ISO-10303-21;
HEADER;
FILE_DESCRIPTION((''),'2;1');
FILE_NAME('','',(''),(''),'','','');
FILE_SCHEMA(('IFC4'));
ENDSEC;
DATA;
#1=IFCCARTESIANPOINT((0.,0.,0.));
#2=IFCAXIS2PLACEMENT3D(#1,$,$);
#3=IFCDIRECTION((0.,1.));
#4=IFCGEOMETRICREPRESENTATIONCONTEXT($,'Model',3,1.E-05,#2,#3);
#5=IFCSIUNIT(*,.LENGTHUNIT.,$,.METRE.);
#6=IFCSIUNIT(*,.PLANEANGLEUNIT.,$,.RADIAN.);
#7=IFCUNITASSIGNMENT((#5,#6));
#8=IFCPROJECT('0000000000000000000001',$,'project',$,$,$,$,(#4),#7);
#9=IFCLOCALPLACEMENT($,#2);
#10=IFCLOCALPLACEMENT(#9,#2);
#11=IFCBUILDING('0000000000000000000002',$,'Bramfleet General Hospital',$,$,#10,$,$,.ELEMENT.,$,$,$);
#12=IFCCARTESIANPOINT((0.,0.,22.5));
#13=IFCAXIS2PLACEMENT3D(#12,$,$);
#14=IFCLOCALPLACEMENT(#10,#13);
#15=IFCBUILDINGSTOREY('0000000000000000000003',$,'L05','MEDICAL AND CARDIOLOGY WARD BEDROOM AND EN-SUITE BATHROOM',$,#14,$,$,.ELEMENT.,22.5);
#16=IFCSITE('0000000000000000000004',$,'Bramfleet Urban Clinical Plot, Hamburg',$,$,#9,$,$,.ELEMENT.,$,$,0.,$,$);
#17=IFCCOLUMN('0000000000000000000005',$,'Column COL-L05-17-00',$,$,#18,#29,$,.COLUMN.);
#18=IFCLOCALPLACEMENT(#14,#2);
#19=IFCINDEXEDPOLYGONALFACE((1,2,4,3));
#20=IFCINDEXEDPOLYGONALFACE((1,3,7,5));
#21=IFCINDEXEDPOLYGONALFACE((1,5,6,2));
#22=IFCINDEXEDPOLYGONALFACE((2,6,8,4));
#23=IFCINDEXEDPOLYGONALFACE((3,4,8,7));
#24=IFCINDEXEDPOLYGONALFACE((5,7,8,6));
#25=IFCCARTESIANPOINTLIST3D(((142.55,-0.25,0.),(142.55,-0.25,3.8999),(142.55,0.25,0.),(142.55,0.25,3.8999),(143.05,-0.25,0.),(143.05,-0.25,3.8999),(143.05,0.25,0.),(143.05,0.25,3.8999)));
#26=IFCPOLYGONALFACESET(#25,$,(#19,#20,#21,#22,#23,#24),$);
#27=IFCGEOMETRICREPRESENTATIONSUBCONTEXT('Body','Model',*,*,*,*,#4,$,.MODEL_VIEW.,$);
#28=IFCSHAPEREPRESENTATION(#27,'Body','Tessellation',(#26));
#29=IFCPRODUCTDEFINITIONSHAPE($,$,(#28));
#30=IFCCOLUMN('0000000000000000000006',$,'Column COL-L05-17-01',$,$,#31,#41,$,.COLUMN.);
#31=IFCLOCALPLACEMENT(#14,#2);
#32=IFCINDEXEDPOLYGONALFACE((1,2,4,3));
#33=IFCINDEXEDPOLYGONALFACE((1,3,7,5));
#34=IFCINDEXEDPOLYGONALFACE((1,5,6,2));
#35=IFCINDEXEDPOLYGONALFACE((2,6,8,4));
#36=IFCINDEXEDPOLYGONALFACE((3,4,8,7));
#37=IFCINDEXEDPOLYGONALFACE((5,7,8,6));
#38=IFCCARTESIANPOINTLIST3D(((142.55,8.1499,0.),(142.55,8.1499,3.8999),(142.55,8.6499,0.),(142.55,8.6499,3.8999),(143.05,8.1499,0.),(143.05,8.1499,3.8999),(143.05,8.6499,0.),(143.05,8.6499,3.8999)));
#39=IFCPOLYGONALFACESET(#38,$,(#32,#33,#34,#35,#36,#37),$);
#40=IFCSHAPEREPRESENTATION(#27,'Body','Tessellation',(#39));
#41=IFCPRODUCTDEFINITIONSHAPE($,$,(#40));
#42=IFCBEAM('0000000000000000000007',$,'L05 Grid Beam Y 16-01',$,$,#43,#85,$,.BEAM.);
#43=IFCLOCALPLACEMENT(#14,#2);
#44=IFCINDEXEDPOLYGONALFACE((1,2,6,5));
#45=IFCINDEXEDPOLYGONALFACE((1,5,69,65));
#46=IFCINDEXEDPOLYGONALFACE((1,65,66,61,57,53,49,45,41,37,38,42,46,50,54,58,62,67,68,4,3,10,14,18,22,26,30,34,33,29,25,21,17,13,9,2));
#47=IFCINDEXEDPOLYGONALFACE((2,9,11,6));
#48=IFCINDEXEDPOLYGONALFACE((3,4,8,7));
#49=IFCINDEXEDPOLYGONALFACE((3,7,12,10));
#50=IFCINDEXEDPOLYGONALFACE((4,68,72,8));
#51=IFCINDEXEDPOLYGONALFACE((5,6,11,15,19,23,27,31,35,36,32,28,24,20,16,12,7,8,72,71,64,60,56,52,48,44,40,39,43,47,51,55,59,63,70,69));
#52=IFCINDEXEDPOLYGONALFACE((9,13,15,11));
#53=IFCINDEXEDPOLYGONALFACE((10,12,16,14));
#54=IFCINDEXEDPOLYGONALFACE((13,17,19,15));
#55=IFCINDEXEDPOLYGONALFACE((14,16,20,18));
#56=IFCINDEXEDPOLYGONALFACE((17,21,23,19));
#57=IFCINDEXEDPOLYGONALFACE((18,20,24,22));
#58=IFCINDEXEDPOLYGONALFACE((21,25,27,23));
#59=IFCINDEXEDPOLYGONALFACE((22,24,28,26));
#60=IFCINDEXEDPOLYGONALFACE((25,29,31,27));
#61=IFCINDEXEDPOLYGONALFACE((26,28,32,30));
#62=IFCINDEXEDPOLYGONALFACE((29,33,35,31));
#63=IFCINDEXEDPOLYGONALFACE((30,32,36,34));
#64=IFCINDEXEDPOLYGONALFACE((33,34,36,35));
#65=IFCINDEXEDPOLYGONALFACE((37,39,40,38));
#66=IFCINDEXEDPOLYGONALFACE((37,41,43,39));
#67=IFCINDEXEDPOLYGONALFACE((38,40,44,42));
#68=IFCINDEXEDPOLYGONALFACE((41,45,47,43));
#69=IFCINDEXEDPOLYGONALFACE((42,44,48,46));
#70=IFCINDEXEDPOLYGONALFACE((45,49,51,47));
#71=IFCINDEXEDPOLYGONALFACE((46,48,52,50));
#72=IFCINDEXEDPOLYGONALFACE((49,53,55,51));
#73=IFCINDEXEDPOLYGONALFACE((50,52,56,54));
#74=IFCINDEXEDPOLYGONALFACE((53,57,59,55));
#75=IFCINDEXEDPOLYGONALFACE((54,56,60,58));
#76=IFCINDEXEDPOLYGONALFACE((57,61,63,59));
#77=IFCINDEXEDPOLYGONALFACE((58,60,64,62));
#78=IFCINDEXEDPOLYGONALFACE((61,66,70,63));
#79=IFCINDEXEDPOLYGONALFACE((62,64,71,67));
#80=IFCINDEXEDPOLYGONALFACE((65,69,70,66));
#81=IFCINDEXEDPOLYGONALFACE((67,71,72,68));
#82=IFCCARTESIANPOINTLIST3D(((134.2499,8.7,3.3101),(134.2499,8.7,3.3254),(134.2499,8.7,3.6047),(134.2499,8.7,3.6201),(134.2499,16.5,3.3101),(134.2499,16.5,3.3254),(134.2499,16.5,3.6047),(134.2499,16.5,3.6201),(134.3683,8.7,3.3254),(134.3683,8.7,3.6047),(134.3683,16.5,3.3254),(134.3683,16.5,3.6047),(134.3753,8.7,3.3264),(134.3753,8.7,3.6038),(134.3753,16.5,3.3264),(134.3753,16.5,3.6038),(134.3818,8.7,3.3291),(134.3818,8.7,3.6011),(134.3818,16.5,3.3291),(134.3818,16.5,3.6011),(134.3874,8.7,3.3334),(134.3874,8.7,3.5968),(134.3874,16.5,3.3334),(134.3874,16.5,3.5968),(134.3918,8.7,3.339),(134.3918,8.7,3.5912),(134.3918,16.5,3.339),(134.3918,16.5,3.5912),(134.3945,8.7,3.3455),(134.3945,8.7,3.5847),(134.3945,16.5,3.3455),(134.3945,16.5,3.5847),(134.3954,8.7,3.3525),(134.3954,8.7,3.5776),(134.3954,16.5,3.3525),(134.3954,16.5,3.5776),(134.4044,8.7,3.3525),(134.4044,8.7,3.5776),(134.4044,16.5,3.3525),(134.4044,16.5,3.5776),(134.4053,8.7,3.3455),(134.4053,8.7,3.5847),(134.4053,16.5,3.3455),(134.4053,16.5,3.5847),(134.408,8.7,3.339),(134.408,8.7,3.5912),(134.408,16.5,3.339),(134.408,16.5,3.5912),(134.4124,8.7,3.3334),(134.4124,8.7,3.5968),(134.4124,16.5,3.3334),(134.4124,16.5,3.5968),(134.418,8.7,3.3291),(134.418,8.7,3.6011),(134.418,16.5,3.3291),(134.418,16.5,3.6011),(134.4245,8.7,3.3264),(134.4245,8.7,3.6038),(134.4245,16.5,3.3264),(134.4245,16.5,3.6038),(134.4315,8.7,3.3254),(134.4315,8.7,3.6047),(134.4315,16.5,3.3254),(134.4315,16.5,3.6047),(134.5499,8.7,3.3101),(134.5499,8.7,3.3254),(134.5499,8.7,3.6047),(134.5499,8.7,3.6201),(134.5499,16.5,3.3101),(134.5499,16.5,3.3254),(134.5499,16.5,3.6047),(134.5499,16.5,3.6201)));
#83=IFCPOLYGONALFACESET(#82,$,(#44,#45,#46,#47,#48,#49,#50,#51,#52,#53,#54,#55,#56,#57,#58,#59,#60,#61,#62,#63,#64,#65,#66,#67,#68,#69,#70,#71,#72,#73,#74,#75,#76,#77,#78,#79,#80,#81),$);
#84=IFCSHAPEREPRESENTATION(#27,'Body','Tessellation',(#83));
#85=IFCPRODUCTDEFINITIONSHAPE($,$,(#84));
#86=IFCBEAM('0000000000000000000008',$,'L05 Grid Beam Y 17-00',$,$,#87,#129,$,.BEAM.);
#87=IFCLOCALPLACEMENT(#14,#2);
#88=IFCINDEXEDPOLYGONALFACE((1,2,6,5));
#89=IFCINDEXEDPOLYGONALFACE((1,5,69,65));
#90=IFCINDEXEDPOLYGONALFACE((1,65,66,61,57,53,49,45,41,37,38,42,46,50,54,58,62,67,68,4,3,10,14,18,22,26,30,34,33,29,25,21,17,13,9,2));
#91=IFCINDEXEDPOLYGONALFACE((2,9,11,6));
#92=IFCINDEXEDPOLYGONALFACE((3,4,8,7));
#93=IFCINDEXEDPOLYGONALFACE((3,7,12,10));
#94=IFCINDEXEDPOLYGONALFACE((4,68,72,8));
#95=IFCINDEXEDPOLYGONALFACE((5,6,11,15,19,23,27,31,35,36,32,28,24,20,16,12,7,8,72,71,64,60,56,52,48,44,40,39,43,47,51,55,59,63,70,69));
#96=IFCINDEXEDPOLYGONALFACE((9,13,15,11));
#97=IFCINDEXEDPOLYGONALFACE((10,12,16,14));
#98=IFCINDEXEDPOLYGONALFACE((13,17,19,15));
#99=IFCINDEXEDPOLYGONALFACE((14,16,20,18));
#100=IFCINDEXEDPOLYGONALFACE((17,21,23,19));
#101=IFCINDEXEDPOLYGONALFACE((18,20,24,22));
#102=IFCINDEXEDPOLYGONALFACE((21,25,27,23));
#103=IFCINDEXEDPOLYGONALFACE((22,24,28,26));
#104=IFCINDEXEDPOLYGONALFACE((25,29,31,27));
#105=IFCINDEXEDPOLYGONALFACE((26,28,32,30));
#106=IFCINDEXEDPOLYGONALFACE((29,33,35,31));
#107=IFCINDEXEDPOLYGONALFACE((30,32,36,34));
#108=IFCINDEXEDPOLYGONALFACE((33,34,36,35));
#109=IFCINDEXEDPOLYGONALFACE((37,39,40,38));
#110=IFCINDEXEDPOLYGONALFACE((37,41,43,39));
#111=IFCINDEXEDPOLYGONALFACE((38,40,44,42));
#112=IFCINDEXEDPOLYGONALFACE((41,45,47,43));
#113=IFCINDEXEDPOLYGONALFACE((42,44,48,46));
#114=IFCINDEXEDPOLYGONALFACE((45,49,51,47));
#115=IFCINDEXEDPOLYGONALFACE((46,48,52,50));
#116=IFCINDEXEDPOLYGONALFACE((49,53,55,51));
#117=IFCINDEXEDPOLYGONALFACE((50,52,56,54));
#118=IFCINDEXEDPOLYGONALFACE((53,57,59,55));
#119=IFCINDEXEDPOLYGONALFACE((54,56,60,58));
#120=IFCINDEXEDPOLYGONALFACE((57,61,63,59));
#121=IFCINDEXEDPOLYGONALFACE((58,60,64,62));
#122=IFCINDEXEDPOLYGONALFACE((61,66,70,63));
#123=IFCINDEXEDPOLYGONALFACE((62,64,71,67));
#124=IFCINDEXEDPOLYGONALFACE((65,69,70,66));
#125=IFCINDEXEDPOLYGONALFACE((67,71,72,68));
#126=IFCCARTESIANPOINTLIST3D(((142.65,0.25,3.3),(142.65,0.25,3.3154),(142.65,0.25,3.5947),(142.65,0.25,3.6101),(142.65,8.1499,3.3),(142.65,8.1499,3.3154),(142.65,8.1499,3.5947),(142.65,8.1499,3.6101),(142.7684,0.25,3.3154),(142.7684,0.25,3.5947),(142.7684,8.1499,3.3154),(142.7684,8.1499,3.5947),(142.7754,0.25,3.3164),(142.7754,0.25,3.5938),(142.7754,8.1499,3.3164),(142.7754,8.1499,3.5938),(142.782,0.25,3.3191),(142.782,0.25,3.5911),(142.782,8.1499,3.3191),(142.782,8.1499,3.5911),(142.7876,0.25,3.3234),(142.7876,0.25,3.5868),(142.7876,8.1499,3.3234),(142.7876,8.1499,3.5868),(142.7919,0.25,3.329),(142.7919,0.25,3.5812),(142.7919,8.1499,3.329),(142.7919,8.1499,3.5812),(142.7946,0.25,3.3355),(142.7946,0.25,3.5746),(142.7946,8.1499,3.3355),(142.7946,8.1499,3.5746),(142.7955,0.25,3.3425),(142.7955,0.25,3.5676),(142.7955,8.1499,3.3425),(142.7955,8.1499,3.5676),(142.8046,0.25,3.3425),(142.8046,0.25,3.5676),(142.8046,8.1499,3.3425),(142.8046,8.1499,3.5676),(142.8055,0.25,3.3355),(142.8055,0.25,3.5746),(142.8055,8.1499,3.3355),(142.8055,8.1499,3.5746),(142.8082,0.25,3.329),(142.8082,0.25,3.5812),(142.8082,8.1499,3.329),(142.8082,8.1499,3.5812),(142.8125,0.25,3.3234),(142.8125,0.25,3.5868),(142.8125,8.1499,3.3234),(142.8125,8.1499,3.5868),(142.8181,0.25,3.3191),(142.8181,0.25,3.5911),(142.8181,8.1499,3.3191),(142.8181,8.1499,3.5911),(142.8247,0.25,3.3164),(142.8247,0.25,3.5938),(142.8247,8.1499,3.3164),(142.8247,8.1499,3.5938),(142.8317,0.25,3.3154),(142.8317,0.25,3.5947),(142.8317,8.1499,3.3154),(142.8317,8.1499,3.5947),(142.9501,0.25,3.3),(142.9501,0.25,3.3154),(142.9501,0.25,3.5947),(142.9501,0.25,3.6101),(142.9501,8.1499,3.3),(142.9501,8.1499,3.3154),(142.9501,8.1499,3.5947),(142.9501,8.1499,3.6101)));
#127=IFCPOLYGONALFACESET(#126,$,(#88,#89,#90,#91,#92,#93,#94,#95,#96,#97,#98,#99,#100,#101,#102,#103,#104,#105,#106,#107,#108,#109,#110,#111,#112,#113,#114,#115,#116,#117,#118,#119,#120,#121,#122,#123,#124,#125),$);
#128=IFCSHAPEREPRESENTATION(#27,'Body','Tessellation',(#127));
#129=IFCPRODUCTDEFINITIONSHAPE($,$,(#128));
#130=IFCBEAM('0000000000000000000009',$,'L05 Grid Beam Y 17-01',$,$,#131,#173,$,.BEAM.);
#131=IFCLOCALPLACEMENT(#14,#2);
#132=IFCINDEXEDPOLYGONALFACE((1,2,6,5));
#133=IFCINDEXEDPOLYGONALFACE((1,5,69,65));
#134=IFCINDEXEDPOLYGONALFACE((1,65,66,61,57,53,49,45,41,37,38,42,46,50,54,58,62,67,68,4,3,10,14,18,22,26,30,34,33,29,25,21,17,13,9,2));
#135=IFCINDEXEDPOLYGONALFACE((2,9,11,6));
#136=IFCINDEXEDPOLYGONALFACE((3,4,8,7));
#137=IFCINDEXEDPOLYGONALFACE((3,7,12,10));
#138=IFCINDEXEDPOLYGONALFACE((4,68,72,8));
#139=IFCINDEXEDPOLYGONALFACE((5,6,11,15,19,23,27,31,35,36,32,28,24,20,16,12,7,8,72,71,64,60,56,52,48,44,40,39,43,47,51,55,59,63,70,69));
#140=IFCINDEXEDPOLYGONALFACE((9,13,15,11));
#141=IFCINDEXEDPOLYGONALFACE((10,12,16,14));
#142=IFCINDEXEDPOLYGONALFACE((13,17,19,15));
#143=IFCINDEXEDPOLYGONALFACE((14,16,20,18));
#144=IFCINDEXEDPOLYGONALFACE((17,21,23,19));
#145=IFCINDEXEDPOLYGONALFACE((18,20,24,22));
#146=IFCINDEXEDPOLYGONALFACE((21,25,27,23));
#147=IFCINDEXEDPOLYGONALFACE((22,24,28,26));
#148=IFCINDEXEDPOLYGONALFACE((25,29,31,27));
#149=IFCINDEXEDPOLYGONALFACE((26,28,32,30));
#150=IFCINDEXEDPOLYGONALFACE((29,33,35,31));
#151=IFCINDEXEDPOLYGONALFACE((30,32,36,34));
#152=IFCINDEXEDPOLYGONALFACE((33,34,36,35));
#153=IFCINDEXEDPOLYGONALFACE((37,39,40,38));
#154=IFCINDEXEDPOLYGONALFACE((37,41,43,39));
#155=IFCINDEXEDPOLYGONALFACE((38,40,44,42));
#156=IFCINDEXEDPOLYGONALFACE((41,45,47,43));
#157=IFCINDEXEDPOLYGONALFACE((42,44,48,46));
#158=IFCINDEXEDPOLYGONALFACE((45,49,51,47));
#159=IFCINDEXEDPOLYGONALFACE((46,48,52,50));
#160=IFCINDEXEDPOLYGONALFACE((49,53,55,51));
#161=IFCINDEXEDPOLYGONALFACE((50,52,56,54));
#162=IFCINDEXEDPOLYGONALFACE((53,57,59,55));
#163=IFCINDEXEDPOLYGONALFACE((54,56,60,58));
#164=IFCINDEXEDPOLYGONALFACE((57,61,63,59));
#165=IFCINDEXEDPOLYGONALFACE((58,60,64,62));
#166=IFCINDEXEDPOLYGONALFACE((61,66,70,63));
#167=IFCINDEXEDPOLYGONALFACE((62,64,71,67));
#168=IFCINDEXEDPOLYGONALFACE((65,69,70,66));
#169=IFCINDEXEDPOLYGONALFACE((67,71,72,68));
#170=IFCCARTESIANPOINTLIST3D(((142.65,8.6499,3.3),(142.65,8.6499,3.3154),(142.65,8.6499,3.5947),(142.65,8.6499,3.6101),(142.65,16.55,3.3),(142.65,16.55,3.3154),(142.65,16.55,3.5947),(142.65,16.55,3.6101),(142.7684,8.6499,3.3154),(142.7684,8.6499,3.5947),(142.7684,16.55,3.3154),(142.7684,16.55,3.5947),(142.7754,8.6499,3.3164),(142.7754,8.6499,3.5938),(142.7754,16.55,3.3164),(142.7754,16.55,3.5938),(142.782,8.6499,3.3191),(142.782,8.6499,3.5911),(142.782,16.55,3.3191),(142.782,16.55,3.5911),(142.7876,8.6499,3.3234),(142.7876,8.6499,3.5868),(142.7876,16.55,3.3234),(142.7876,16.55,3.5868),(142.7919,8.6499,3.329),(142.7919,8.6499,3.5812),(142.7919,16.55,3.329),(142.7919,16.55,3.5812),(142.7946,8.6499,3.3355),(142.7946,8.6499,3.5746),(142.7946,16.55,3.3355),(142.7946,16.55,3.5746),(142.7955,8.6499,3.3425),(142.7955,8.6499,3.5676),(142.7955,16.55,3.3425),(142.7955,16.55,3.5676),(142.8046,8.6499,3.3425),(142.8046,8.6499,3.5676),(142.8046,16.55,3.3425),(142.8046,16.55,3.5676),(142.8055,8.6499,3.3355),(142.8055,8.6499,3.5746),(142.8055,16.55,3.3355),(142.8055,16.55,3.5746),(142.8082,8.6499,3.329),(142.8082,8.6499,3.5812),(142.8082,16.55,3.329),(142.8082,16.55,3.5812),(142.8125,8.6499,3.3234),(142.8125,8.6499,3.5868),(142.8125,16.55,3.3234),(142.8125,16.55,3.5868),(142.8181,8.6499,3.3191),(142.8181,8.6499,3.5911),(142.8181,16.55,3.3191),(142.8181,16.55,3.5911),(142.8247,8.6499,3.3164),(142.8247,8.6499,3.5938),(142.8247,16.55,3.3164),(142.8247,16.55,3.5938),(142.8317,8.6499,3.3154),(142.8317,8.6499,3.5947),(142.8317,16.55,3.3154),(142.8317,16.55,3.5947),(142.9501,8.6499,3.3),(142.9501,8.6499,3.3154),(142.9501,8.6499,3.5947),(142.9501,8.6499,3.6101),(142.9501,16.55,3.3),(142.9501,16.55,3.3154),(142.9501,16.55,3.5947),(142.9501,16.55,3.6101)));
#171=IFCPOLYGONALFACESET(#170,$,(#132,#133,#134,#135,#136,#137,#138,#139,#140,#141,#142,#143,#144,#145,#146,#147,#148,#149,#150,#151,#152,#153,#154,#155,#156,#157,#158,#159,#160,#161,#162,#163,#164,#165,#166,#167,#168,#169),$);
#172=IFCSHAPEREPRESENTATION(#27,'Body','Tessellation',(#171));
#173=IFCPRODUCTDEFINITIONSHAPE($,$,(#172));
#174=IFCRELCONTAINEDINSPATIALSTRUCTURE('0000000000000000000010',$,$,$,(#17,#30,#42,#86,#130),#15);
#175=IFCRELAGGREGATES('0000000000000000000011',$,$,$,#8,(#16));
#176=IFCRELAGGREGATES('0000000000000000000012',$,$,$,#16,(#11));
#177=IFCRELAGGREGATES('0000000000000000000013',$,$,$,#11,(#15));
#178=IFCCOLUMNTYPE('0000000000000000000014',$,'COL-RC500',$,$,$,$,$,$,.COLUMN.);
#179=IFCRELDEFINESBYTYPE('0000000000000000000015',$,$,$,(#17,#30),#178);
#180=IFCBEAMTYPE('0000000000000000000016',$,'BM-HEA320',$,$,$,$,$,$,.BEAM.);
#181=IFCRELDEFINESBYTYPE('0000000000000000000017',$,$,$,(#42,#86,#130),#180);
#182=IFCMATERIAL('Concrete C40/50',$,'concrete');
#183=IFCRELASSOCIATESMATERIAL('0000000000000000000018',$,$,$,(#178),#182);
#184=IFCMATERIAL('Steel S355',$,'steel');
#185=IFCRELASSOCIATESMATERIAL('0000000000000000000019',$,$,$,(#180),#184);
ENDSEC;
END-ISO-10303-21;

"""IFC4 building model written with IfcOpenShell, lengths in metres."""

from ifc_helpers import new_model, si_unit, direction, frame, origin, origin_2d, place, context, subcontext, project, spatial, rectangle, i_section, extrude, material, material_profile, profile_set, type_object, element, save


model = new_model("IFC4")

# Units and contexts
model_context = context("Model", 3, precision=1e-05, world=origin(), true_north=direction((0.0, 1.0)))
body_context = subcontext(model_context, "Body", "Model", "MODEL_VIEW")
ifc_project = project(units=[si_unit("LENGTHUNIT", "METRE"), si_unit("PLANEANGLEUNIT", "RADIAN")], contexts=[model_context])

# Site, building, storey
site_placement = place(None, origin())
site = spatial("IfcSite", under=ifc_project, at=site_placement, Name="Bramfleet Urban Clinical Plot, Hamburg", CompositionType="ELEMENT", RefElevation=0.0)
building_placement = place(site_placement, origin())
building = spatial("IfcBuilding", under=site, at=building_placement, Name="Bramfleet General Hospital", CompositionType="ELEMENT")
storey_placement = place(building_placement, frame((0.0, 0.0, 22.5)))
storey = spatial("IfcBuildingStorey", under=building, at=storey_placement, Name="L05", Description="MEDICAL AND CARDIOLOGY WARD BEDROOM AND EN-SUITE BATHROOM", CompositionType="ELEMENT", Elevation=22.5)

# Columns
ifc_material_1 = material(Name="Concrete C40/50", Category="concrete")
ifc_material_profile_1 = material_profile(ifc_material_1, rectangle(XDim=0.5, YDim=0.5, at=origin_2d()), Name="RC COL 500x500")
ifc_profile_set_1 = profile_set([ifc_material_profile_1], Name="Concrete C40/50")
column_type = type_object("IfcColumnType", Name="COL-RC500", PredefinedType="COLUMN", material=ifc_profile_set_1)
for number, where, z_axis, x_axis, name in (
    (1, (142.8, 0.0, 0.0), (0.0, 0.0, 1.0), (1.0, 0.0, 0.0), "Column COL-L05-17-00"),
    (2, (142.8, 8.3999, 0.0), (0.0, 0.0, 1.0), (1.0, 0.0, 0.0), "Column COL-L05-17-01"),
):
    element("IfcColumn", number, at=place(storey_placement, frame(where, z_axis=z_axis, x_axis=x_axis)), inside=storey, type_object=column_type, Name=name, PredefinedType="COLUMN", context=body_context, shape_type="SweptSolid", body=[
        extrude(rectangle(XDim=0.5, YDim=0.5, at=origin_2d()), origin(), (0.0, 0.0, 1.0), 3.8999),
    ])

# Beams
ifc_material_2 = material(Name="Steel S355", Category="steel")
ifc_material_profile_2 = material_profile(ifc_material_2, i_section(OverallWidth=0.3, OverallDepth=0.3101, WebThickness=0.009, FlangeThickness=0.0154, FilletRadius=0.0271, at=origin_2d()), Name="HEA 320")
ifc_profile_set_2 = profile_set([ifc_material_profile_2], Name="Steel S355")
beam_type_1 = type_object("IfcBeamType", Name="BM-HEA320", PredefinedType="BEAM", material=ifc_profile_set_2)
beam_1_placement = place(storey_placement, frame((134.3999, 8.7, 3.4651), z_axis=(0.0, 1.0, 0.0), x_axis=(-1.0, 0.0, 0.0)))
element("IfcBeam", 3, at=beam_1_placement, inside=storey, type_object=beam_type_1, Name="L05 Grid Beam Y 16-01", PredefinedType="BEAM", context=body_context, shape_type="SweptSolid", body=[
    extrude(i_section(OverallWidth=0.3, OverallDepth=0.3101, WebThickness=0.009, FlangeThickness=0.0154, FilletRadius=0.0271, at=origin_2d()), origin(), (0.0, 0.0, 1.0), 7.8),
])
beam_2_placement = place(storey_placement, frame((142.8, 0.25, 3.4551), z_axis=(0.0, 1.0, 0.0), x_axis=(-1.0, 0.0, 0.0)))
element("IfcBeam", 4, at=beam_2_placement, inside=storey, type_object=beam_type_1, Name="L05 Grid Beam Y 17-00", PredefinedType="BEAM", context=body_context, shape_type="SweptSolid", body=[
    extrude(i_section(OverallWidth=0.3, OverallDepth=0.3101, WebThickness=0.009, FlangeThickness=0.0154, FilletRadius=0.0271, at=origin_2d()), origin(), (0.0, 0.0, 1.0), 7.8999),
])
beam_3_placement = place(storey_placement, frame((142.8, 8.6499, 3.4551), z_axis=(0.0, 1.0, 0.0), x_axis=(-1.0, 0.0, 0.0)))
element("IfcBeam", 5, at=beam_3_placement, inside=storey, type_object=beam_type_1, Name="L05 Grid Beam Y 17-01", PredefinedType="BEAM", context=body_context, shape_type="SweptSolid", body=[
    extrude(i_section(OverallWidth=0.3, OverallDepth=0.3101, WebThickness=0.009, FlangeThickness=0.0154, FilletRadius=0.0271, at=origin_2d()), origin(), (0.0, 0.0, 1.0), 7.9001),
])

save(model, "model.ifc")
